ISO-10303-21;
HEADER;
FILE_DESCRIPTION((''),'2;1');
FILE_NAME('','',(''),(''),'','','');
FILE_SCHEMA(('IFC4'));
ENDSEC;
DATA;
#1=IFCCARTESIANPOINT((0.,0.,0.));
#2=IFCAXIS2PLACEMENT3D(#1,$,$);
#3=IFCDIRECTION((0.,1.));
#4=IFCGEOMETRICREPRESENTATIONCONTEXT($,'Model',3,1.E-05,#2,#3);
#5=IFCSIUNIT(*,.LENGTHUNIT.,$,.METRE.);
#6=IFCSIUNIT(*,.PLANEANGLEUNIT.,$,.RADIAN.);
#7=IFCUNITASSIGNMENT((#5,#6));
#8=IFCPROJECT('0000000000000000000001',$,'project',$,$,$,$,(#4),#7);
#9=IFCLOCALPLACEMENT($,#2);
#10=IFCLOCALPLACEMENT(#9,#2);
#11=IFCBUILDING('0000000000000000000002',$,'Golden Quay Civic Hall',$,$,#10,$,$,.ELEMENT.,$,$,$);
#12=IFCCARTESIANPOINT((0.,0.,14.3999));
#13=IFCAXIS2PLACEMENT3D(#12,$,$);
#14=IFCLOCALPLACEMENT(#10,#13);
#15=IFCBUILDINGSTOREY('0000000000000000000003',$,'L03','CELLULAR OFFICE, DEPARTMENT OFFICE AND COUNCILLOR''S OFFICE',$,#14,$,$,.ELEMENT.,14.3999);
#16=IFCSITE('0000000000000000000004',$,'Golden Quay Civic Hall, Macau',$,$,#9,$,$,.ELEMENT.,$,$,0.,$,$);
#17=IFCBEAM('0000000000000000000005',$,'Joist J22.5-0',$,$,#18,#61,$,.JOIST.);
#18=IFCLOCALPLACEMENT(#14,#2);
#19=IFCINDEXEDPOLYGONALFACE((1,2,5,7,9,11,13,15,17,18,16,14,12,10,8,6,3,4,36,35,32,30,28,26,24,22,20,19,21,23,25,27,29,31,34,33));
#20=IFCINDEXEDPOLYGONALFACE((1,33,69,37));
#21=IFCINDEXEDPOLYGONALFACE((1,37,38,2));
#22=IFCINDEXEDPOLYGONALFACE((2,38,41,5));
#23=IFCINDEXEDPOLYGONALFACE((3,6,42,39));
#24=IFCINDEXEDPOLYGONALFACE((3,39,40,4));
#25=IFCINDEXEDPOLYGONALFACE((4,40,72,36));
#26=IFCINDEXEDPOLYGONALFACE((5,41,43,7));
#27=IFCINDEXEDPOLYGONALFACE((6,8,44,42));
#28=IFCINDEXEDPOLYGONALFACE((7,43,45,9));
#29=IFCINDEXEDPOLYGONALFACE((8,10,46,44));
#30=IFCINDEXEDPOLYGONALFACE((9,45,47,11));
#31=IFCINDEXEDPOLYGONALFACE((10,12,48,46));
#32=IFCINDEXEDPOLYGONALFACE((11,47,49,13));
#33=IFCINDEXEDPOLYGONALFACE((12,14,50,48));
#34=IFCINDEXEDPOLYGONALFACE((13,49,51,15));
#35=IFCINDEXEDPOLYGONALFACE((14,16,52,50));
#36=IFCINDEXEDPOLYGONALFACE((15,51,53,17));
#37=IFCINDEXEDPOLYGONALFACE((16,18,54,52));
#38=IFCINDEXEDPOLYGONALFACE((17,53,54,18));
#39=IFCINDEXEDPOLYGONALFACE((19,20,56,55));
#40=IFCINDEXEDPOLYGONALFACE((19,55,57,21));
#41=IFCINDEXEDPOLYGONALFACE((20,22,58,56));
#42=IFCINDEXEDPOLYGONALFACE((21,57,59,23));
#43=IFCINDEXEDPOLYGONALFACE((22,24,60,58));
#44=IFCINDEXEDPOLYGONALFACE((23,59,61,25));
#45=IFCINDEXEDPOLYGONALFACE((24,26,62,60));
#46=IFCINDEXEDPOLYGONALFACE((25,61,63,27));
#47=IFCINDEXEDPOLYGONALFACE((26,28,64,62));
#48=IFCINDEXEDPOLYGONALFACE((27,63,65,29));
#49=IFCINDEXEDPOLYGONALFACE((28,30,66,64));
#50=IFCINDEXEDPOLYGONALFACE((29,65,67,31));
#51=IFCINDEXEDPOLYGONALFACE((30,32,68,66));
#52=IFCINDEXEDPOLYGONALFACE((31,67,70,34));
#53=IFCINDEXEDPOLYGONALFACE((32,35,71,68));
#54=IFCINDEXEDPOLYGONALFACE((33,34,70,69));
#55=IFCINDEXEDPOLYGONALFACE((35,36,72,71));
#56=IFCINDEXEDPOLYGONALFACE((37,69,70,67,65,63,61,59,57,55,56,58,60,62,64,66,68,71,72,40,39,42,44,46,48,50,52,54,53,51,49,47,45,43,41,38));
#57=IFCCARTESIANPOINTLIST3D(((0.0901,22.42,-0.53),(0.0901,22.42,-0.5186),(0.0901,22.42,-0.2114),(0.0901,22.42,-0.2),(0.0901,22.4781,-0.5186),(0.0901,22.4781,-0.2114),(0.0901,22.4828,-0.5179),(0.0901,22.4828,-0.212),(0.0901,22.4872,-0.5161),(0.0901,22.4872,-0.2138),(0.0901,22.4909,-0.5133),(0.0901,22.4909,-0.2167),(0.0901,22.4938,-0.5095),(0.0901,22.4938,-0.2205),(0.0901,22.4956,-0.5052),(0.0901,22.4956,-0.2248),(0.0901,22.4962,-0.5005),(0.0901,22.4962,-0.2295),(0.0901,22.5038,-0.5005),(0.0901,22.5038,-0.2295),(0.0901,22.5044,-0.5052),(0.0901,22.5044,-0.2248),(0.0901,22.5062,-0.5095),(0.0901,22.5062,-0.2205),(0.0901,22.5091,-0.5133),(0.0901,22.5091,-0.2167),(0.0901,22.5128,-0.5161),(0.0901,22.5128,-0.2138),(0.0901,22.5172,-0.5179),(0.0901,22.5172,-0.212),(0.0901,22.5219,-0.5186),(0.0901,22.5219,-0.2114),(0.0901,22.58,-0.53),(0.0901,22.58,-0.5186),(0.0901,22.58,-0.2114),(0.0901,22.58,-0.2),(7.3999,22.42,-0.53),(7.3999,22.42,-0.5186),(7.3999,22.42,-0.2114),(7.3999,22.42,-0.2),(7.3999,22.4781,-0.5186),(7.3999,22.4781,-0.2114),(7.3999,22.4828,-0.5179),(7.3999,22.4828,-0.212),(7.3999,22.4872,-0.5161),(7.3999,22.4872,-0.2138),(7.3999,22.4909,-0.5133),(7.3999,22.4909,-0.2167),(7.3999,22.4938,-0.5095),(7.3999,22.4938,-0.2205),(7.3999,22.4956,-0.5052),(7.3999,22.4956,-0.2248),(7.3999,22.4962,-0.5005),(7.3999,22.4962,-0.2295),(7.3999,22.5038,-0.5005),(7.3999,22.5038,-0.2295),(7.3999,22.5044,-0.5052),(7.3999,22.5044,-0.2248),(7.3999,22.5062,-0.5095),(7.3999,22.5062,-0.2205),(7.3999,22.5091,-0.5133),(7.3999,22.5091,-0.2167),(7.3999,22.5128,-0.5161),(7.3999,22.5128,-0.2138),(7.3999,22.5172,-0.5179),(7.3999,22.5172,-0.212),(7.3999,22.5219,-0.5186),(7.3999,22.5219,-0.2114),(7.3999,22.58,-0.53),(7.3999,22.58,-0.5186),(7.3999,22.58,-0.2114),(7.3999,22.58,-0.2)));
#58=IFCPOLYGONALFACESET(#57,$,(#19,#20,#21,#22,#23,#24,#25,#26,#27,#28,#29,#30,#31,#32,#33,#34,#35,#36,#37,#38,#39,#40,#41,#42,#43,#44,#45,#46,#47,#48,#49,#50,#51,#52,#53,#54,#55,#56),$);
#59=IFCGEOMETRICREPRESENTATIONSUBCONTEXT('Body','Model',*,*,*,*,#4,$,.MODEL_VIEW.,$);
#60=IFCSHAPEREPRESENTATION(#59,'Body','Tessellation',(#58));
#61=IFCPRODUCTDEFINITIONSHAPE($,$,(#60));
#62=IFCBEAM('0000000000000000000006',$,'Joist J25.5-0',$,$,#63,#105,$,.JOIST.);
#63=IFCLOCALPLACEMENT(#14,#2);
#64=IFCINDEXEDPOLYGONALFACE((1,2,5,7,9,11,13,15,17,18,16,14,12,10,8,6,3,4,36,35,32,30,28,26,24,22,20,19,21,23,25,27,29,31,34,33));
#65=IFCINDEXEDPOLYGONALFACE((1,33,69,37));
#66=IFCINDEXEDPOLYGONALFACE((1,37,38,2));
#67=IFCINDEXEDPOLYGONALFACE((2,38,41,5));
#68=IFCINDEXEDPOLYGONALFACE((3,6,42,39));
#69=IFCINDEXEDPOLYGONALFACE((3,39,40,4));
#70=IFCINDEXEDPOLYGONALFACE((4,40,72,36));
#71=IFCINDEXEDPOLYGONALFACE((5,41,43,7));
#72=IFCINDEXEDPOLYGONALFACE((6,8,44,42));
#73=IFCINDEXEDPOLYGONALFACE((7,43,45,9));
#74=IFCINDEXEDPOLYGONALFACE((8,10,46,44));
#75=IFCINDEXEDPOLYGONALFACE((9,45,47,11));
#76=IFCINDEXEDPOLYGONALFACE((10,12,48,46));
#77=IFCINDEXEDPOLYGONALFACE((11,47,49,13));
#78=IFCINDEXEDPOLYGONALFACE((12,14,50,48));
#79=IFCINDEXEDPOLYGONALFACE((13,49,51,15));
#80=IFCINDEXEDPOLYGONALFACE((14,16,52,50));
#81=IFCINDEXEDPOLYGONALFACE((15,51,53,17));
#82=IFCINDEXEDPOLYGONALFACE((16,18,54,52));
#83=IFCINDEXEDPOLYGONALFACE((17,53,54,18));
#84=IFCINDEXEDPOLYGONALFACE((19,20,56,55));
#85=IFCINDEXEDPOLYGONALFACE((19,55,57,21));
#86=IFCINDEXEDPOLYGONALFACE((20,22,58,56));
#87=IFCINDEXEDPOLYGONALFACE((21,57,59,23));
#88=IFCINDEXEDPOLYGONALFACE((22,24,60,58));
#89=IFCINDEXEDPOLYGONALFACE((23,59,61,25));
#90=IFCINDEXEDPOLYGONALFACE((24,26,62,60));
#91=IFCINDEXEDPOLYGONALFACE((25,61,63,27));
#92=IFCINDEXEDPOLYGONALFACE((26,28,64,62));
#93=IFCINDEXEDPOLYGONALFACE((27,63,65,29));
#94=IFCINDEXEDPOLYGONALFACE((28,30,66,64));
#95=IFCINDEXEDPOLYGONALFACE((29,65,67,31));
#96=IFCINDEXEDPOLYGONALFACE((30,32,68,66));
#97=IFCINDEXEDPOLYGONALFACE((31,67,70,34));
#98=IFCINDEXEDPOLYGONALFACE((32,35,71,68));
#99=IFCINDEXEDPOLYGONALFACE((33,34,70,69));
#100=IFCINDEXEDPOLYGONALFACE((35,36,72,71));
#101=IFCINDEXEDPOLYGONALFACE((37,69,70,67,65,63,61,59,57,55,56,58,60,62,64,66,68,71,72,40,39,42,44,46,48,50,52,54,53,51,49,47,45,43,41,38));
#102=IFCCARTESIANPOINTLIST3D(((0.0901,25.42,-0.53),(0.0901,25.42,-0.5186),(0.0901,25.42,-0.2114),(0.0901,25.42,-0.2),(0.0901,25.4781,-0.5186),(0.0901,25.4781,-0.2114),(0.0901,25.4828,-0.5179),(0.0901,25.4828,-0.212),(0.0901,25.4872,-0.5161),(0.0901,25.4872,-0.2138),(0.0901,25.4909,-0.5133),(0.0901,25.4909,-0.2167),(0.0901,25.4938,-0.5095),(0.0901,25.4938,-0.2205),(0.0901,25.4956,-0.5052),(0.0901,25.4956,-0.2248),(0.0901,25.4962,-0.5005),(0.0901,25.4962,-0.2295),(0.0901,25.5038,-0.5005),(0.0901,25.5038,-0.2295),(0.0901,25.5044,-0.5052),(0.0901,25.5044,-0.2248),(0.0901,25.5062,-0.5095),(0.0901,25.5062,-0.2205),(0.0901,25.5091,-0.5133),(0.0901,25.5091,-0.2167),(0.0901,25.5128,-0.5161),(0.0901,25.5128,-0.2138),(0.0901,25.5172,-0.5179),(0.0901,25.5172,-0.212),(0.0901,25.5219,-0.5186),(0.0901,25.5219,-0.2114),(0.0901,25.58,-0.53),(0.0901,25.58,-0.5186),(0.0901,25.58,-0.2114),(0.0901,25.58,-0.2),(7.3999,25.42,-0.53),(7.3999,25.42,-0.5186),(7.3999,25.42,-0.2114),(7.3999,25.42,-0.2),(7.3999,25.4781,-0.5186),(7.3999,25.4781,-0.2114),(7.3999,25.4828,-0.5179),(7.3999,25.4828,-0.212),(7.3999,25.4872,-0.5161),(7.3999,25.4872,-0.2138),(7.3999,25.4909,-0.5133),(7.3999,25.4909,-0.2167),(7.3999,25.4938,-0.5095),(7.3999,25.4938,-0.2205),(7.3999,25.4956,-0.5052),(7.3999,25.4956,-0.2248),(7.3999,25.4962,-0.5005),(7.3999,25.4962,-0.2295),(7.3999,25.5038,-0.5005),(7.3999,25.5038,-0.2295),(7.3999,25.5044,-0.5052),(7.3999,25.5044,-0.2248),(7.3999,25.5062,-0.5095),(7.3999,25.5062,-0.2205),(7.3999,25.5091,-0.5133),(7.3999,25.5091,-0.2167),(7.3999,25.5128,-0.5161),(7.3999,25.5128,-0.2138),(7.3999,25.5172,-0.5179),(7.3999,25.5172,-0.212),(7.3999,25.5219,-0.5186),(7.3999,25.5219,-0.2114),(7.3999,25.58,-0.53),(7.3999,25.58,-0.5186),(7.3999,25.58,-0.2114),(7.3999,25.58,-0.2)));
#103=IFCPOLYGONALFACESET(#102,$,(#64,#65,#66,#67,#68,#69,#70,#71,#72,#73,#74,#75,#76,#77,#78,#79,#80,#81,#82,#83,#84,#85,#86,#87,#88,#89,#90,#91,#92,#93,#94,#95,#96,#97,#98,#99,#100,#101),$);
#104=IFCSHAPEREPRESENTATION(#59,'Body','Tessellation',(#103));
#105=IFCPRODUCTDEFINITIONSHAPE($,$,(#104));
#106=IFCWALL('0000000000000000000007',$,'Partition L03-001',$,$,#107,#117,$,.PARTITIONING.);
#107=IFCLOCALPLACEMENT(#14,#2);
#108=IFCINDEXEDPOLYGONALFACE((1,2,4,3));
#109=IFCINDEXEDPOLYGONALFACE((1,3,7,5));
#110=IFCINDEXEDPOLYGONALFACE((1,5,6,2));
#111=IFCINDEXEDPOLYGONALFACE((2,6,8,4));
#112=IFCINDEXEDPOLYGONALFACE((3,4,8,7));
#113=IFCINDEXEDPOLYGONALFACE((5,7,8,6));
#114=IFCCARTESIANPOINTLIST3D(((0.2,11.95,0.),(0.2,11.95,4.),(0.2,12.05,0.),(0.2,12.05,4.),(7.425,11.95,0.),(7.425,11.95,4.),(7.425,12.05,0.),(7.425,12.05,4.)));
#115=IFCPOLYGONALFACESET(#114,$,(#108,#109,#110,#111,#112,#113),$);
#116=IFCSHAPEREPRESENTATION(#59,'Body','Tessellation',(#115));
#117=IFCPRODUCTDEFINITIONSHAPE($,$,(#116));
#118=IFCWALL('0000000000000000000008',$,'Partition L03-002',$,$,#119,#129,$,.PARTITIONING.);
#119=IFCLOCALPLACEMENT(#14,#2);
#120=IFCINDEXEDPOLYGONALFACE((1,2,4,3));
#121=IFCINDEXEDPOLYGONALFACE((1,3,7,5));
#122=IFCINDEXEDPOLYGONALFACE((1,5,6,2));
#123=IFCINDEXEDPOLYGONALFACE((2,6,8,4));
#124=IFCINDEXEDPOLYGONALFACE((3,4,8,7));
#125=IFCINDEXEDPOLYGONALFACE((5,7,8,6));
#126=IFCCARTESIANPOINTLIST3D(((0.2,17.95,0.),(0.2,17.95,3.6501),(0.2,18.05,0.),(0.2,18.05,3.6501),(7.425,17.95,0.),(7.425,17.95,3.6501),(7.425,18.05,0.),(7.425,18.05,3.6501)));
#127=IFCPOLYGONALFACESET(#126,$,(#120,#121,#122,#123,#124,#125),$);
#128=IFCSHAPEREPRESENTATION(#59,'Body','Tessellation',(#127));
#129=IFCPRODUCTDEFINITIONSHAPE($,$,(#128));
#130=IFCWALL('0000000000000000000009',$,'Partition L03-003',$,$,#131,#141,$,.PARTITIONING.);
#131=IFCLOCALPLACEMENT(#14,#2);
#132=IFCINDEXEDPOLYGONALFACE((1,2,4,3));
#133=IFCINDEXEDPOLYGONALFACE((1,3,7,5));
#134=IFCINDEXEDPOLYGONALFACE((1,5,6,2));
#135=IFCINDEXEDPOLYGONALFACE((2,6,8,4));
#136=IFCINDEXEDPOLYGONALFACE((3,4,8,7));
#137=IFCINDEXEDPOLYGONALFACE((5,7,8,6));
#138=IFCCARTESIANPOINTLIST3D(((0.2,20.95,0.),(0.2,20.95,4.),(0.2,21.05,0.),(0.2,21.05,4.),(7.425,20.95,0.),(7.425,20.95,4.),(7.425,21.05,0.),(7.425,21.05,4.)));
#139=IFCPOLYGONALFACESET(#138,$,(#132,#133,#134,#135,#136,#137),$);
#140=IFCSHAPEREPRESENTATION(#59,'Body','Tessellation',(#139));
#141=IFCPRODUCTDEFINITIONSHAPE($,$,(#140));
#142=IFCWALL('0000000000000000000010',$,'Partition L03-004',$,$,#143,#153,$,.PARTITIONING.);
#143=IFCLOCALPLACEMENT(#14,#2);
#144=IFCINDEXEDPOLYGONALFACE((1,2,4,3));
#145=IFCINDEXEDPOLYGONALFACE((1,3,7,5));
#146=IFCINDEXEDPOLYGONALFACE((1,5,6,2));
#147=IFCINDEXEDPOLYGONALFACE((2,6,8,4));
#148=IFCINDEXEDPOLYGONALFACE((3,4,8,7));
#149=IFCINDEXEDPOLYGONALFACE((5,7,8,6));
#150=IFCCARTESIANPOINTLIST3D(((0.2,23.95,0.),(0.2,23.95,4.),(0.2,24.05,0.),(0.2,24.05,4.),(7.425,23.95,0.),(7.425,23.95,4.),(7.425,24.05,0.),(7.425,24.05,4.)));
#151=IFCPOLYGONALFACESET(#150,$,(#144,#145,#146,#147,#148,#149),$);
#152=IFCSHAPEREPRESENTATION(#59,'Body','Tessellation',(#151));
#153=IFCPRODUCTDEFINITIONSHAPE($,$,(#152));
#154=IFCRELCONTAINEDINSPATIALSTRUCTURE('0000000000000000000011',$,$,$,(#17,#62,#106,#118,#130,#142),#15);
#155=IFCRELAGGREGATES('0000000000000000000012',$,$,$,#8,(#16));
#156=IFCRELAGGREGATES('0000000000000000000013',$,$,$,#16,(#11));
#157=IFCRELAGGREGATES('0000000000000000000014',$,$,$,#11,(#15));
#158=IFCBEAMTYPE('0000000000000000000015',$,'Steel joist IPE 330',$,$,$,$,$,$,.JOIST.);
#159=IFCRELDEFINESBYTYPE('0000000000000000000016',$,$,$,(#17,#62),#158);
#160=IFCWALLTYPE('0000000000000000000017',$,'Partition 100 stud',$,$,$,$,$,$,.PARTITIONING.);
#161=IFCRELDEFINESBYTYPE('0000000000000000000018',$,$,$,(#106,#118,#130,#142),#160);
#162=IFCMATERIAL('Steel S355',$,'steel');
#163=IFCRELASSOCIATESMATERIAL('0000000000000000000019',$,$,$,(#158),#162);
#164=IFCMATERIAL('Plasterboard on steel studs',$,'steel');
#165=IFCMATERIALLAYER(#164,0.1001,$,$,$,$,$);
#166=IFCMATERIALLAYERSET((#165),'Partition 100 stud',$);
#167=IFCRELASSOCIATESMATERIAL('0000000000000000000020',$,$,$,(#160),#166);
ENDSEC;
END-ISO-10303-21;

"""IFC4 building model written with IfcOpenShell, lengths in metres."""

from ifc_helpers import new_model, si_unit, direction, frame, frame_2d, origin, origin_2d, place, context, subcontext, project, spatial, rectangle, i_section, extrude, material, layer, layer_set, material_profile, profile_set, type_object, element, save


model = new_model("IFC4")

# Units and contexts
model_context = context("Model", 3, precision=1e-05, world=origin(), true_north=direction((0.0, 1.0)))
body_context = subcontext(model_context, "Body", "Model", "MODEL_VIEW")
ifc_project = project(units=[si_unit("LENGTHUNIT", "METRE"), si_unit("PLANEANGLEUNIT", "RADIAN")], contexts=[model_context])

# Site, building, storey
site_placement = place(None, origin())
site = spatial("IfcSite", under=ifc_project, at=site_placement, Name="Golden Quay Civic Hall, Macau", CompositionType="ELEMENT", RefElevation=0.0)
building_placement = place(site_placement, origin())
building = spatial("IfcBuilding", under=site, at=building_placement, Name="Golden Quay Civic Hall", CompositionType="ELEMENT")
storey_placement = place(building_placement, frame((0.0, 0.0, 14.3999)))
storey = spatial("IfcBuildingStorey", under=building, at=storey_placement, Name="L03", Description="CELLULAR OFFICE, DEPARTMENT OFFICE AND COUNCILLOR'S OFFICE", CompositionType="ELEMENT", Elevation=14.3999)

# Beams
ifc_material_1 = material(Name="Steel S355", Category="steel")
ifc_material_profile_1 = material_profile(ifc_material_1, i_section(OverallWidth=0.1599, OverallDepth=0.3301, WebThickness=0.0076, FlangeThickness=0.0115, FilletRadius=0.0181, at=origin_2d()), Name="IPE 330")
ifc_profile_set_1 = profile_set([ifc_material_profile_1], Name="Steel S355")
beam_type_1 = type_object("IfcBeamType", Name="Steel joist IPE 330", PredefinedType="JOIST", material=ifc_profile_set_1)
for number, where, z_axis, x_axis, name in (
    (1, (0.0901, 22.5, -0.365), (1.0, 0.0, 0.0), (0.0, 1.0, 0.0), "Joist J22.5-0"),
    (2, (0.0901, 25.5, -0.365), (1.0, 0.0, 0.0), (0.0, 1.0, 0.0), "Joist J25.5-0"),
):
    element("IfcBeam", number, at=place(storey_placement, frame(where, z_axis=z_axis, x_axis=x_axis)), inside=storey, type_object=beam_type_1, Name=name, PredefinedType="JOIST", context=body_context, shape_type="SweptSolid", body=[
        extrude(i_section(OverallWidth=0.1599, OverallDepth=0.3301, WebThickness=0.0076, FlangeThickness=0.0115, FilletRadius=0.0181, at=origin_2d()), origin(), (0.0, 0.0, 1.0), 7.3098),
    ])

# Walls
ifc_material_2 = material(Name="Plasterboard on steel studs", Category="steel")
ifc_layer_1 = layer(ifc_material_2, 0.1001)
ifc_layer_set_1 = layer_set([ifc_layer_1], Name="Partition 100 stud")
wall_type_1 = type_object("IfcWallType", Name="Partition 100 stud", PredefinedType="PARTITIONING", material=ifc_layer_set_1)
wall_1_placement = place(storey_placement, frame((0.2, 12.0, 0.0), z_axis=(0.0, 0.0, 1.0), x_axis=(1.0, 0.0, 0.0)))
element("IfcWall", 3, at=wall_1_placement, inside=storey, type_object=wall_type_1, Name="Partition L03-001", PredefinedType="PARTITIONING", context=body_context, shape_type="SweptSolid", body=[
    extrude(rectangle(XDim=7.2251, YDim=0.1001, at=frame_2d((3.6125, 0.0))), origin(), (0.0, 0.0, 1.0), 4.0),
])
wall_2_placement = place(storey_placement, frame((0.2, 18.0, 0.0), z_axis=(0.0, 0.0, 1.0), x_axis=(1.0, 0.0, 0.0)))
element("IfcWall", 4, at=wall_2_placement, inside=storey, type_object=wall_type_1, Name="Partition L03-002", PredefinedType="PARTITIONING", context=body_context, shape_type="SweptSolid", body=[
    extrude(rectangle(XDim=7.2251, YDim=0.1001, at=frame_2d((3.6125, 0.0))), origin(), (0.0, 0.0, 1.0), 3.6501),
])
for number, where, z_axis, x_axis, name in (
    (5, (0.2, 21.0, 0.0), (0.0, 0.0, 1.0), (1.0, 0.0, 0.0), "Partition L03-003"),
    (6, (0.2, 24.0, 0.0), (0.0, 0.0, 1.0), (1.0, 0.0, 0.0), "Partition L03-004"),
):
    element("IfcWall", number, at=place(storey_placement, frame(where, z_axis=z_axis, x_axis=x_axis)), inside=storey, type_object=wall_type_1, Name=name, PredefinedType="PARTITIONING", context=body_context, shape_type="SweptSolid", body=[
        extrude(rectangle(XDim=7.2251, YDim=0.1001, at=frame_2d((3.6125, 0.0))), origin(), (0.0, 0.0, 1.0), 4.0),
    ])

save(model, "model.ifc")
